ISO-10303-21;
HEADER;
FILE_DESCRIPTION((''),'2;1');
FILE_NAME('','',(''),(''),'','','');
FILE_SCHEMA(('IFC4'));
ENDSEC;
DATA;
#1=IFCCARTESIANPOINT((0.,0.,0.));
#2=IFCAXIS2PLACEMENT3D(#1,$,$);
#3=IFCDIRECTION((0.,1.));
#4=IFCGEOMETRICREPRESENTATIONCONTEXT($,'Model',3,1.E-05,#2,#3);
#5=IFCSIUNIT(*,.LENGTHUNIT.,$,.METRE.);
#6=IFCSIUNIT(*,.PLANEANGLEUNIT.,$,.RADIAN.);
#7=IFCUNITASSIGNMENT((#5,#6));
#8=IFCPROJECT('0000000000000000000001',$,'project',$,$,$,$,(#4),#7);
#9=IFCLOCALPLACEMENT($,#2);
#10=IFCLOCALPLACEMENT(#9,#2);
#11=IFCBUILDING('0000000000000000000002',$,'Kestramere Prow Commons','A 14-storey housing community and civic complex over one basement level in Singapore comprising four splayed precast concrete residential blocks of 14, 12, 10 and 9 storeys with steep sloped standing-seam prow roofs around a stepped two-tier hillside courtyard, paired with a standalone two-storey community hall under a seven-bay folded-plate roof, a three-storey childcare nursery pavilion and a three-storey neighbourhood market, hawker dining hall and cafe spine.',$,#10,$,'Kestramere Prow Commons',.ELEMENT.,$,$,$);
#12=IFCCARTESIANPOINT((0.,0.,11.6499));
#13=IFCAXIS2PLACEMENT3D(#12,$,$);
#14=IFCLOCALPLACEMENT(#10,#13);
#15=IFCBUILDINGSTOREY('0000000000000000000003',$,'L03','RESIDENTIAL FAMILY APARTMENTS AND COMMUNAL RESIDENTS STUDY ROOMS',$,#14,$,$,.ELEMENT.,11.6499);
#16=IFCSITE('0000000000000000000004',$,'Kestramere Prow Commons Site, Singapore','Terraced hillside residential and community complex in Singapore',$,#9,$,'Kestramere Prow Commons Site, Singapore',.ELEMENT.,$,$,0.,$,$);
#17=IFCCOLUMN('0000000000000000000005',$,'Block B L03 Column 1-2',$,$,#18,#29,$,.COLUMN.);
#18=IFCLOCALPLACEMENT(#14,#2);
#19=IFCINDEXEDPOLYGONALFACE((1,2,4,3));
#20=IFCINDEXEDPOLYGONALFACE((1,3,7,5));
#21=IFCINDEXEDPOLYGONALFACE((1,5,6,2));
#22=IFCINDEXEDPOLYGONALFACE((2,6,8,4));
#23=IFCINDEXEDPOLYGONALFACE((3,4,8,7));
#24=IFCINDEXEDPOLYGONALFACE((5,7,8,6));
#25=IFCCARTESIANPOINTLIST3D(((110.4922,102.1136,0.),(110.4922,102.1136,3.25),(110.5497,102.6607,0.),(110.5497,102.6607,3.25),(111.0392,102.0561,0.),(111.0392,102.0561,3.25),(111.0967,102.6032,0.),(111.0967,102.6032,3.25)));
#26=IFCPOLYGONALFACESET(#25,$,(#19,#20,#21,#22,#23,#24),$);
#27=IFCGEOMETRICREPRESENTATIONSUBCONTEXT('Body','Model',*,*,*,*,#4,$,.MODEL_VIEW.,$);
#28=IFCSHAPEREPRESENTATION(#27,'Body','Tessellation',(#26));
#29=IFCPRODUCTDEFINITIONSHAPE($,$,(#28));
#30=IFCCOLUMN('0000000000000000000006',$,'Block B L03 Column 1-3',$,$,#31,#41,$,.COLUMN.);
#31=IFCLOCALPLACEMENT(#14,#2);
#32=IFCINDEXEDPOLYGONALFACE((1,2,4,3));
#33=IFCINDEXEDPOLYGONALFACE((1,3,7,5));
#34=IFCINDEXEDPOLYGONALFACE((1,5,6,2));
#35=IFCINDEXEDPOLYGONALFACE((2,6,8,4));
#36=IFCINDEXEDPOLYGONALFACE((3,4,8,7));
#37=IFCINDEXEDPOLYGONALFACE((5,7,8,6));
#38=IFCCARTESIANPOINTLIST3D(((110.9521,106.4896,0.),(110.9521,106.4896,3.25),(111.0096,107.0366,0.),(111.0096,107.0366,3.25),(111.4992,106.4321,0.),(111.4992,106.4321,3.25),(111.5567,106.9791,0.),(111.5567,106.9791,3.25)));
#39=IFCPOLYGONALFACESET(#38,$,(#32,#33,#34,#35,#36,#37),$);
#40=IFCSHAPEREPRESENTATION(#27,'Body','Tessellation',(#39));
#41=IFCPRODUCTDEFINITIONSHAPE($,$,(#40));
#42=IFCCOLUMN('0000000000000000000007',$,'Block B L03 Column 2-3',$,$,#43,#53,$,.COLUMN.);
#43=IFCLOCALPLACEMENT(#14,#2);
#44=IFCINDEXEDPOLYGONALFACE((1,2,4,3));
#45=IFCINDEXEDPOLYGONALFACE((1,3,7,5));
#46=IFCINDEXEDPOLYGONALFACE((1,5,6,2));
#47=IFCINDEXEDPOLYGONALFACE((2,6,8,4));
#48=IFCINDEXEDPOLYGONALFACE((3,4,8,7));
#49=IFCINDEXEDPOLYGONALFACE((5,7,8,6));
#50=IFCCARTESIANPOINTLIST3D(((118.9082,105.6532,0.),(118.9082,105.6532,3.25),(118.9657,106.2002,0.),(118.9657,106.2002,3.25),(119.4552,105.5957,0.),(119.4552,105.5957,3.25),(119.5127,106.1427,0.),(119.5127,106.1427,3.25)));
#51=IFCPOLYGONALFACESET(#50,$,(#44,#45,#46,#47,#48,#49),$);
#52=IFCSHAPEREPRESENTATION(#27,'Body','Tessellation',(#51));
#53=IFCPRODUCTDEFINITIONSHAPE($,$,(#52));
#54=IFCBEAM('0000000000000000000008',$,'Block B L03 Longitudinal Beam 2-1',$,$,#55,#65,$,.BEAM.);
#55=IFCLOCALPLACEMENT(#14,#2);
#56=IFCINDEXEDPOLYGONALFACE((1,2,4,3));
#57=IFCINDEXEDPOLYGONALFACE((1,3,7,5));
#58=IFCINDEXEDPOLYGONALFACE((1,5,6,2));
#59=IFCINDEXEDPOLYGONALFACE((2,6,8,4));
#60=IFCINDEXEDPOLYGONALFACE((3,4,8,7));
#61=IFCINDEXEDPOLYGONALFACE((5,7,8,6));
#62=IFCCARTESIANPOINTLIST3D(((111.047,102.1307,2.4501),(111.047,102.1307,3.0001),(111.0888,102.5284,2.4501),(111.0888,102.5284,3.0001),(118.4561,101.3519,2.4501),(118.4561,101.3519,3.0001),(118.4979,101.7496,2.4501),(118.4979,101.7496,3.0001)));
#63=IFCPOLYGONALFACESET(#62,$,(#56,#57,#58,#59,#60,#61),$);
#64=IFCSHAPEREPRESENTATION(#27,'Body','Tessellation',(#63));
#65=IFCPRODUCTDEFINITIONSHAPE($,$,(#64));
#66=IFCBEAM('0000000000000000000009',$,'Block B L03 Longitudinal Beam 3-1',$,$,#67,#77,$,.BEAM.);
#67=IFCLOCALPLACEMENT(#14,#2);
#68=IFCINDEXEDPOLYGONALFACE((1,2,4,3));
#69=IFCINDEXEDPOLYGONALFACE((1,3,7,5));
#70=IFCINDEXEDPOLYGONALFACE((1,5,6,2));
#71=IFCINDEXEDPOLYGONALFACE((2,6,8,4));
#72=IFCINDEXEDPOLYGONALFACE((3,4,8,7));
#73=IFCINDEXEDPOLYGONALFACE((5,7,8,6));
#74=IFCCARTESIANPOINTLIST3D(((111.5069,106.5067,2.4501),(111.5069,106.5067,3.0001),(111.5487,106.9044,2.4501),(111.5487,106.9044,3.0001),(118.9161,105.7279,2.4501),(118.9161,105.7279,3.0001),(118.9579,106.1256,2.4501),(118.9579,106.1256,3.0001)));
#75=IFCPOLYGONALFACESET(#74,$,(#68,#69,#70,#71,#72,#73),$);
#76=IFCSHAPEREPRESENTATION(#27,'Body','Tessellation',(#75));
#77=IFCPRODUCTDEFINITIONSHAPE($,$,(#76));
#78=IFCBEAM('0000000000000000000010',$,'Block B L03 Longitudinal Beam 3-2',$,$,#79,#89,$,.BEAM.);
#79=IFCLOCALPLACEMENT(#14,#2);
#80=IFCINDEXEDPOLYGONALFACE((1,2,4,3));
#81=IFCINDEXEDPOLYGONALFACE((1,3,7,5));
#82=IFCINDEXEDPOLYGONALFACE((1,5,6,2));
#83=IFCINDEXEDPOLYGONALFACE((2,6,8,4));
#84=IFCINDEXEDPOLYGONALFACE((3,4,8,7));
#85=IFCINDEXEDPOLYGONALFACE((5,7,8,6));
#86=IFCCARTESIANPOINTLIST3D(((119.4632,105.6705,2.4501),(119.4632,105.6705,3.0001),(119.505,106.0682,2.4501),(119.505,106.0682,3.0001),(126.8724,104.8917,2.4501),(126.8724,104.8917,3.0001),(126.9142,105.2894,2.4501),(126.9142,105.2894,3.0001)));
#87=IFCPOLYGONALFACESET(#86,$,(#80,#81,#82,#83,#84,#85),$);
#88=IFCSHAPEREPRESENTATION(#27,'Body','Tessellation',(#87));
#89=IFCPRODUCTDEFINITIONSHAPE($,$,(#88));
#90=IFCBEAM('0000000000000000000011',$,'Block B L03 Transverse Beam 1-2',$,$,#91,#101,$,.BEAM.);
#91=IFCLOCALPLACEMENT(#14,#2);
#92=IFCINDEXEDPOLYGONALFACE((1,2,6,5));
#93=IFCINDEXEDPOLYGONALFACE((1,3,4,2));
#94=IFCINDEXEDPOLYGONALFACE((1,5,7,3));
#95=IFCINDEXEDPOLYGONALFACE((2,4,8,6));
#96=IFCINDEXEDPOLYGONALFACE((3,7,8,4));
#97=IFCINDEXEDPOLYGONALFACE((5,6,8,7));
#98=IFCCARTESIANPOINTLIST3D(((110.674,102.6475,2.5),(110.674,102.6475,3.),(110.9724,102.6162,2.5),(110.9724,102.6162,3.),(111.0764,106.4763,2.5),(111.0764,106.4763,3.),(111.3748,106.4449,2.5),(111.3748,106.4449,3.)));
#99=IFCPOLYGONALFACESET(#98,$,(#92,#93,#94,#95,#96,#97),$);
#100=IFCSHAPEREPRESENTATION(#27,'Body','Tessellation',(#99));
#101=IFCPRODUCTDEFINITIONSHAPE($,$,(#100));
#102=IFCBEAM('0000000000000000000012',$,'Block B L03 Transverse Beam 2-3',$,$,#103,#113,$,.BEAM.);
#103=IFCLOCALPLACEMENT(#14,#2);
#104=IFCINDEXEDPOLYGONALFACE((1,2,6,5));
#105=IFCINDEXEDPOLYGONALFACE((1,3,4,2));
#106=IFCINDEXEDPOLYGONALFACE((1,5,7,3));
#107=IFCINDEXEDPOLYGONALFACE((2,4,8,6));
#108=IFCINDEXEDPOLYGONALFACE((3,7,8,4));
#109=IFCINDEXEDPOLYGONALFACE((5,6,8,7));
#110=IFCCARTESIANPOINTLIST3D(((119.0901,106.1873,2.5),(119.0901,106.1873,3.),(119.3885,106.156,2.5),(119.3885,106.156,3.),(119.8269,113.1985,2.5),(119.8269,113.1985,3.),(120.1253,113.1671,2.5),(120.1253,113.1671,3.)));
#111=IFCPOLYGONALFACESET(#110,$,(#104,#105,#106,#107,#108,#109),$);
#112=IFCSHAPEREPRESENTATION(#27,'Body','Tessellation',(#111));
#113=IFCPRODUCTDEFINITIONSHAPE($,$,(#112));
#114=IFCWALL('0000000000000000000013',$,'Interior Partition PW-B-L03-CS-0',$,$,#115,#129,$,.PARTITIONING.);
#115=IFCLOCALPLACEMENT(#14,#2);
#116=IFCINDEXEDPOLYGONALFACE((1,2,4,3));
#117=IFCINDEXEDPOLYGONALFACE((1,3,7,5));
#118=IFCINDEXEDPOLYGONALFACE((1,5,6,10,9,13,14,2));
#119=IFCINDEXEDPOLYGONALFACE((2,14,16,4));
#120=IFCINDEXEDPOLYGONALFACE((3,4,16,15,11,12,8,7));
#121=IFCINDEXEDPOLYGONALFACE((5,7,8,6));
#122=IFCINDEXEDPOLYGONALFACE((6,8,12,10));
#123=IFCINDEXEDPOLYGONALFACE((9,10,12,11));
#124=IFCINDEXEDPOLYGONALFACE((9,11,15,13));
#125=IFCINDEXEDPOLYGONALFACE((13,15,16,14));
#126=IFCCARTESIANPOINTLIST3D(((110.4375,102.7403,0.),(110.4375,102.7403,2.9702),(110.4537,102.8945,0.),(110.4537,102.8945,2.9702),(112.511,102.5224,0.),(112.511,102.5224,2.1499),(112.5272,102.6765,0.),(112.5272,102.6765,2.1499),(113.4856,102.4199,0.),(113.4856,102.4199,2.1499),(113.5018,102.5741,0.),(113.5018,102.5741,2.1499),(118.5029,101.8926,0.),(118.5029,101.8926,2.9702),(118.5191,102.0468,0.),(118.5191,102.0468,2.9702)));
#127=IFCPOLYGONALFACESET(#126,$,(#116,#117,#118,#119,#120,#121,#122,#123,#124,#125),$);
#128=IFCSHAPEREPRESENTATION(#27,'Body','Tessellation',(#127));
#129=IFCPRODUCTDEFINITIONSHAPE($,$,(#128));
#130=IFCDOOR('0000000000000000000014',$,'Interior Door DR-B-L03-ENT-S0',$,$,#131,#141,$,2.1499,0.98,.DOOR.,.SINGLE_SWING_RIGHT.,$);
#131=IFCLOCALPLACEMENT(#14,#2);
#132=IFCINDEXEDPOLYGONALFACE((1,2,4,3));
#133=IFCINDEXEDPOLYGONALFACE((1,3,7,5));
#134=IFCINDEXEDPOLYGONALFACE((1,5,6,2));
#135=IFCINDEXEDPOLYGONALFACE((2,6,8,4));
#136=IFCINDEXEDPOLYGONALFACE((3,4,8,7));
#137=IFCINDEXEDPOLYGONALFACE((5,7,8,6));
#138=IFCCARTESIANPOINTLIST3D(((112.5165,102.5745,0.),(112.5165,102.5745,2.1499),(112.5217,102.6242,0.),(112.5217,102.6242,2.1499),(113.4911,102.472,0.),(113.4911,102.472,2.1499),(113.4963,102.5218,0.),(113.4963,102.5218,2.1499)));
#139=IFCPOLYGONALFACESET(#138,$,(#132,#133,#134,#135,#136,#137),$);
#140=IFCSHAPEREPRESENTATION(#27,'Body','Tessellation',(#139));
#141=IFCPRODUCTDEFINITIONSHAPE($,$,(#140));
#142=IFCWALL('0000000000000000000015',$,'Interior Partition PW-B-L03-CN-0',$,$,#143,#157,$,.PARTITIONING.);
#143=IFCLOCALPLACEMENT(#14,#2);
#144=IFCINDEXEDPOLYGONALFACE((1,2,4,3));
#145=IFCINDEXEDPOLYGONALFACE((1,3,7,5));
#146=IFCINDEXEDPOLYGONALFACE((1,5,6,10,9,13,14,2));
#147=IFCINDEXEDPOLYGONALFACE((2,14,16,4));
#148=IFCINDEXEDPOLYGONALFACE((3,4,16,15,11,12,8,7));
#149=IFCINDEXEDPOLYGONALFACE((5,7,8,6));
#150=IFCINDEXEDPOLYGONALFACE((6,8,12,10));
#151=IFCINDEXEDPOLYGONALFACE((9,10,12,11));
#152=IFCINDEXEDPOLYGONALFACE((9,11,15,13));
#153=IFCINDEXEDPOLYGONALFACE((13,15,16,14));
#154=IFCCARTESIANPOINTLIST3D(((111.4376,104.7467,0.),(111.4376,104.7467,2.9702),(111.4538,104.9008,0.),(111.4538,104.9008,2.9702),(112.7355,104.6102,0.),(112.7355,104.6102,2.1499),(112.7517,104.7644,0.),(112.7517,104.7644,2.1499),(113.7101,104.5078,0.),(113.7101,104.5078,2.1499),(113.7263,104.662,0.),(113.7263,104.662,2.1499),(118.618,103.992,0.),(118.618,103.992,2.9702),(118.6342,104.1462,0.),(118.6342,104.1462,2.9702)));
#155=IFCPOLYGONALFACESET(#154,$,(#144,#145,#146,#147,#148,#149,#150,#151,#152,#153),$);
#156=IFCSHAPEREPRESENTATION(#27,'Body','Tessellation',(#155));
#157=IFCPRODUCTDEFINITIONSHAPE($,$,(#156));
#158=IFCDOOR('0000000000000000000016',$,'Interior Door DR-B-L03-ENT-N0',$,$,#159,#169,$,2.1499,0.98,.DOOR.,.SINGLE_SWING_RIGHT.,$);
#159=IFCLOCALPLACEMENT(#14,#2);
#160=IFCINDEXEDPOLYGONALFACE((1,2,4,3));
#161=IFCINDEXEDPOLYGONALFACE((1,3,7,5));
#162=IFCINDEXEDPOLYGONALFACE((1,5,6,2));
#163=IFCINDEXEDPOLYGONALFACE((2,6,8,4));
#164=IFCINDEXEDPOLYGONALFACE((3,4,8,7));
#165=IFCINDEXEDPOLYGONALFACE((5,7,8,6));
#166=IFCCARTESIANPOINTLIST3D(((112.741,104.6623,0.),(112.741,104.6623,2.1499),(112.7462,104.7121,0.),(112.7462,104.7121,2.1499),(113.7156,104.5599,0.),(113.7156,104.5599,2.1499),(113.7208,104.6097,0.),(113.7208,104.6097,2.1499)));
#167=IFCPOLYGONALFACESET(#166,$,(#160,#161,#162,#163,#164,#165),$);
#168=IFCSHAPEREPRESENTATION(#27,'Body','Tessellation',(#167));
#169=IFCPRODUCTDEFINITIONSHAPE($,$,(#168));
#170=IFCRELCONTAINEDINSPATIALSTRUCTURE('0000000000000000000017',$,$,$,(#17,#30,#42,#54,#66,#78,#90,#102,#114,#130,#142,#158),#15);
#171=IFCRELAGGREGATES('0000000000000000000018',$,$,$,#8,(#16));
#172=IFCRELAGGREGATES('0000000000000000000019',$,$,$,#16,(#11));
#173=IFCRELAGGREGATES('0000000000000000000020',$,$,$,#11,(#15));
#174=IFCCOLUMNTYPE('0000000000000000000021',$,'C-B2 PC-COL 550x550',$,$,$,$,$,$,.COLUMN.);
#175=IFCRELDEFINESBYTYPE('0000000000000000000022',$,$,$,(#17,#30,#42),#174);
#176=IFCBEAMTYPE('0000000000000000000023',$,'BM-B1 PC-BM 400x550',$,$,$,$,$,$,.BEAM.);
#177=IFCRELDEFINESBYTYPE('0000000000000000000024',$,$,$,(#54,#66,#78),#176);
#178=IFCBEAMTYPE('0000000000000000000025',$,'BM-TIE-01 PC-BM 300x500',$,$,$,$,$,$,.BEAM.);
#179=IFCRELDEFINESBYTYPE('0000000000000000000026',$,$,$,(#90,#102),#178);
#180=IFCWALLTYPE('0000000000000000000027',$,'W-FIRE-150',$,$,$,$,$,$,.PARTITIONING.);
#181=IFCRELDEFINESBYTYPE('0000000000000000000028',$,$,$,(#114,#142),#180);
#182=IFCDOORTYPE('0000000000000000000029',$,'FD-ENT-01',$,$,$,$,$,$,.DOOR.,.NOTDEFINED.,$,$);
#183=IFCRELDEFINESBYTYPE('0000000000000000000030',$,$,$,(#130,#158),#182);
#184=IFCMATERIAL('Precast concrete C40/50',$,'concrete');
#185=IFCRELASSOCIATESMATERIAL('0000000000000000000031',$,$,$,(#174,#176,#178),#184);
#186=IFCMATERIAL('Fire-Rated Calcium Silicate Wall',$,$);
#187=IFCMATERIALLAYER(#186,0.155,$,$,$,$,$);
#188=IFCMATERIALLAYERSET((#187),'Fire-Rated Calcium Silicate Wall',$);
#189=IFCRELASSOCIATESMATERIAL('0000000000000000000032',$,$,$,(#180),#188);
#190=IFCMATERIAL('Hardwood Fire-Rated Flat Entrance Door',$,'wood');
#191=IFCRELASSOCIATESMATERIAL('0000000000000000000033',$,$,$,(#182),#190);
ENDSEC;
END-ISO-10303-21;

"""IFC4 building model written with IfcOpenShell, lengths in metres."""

from ifc_helpers import new_model, si_unit, direction, frame, frame_2d, origin, origin_2d, place, context, subcontext, project, spatial, rectangle, extrude, material, layer, layer_set, material_profile, profile_set, type_object, element, fill, save


model = new_model("IFC4")

# Units and contexts
model_context = context("Model", 3, precision=1e-05, world=origin(), true_north=direction((0.0, 1.0)))
body_context = subcontext(model_context, "Body", "Model", "MODEL_VIEW")
ifc_project = project(units=[si_unit("LENGTHUNIT", "METRE"), si_unit("PLANEANGLEUNIT", "RADIAN")], contexts=[model_context])

# Site, building, storey
site_placement = place(None, origin())
site = spatial("IfcSite", under=ifc_project, at=site_placement, Name="Kestramere Prow Commons Site, Singapore", Description="Terraced hillside residential and community complex in Singapore", LongName="Kestramere Prow Commons Site, Singapore", CompositionType="ELEMENT", RefElevation=0.0)
building_placement = place(site_placement, origin())
building = spatial("IfcBuilding", under=site, at=building_placement, Name="Kestramere Prow Commons", Description="A 14-storey housing community and civic complex over one basement level in Singapore comprising four splayed precast concrete residential blocks of 14, 12, 10 and 9 storeys with steep sloped standing-seam prow roofs around a stepped two-tier hillside courtyard, paired with a standalone two-storey community hall under a seven-bay folded-plate roof, a three-storey childcare nursery pavilion and a three-storey neighbourhood market, hawker dining hall and cafe spine.", LongName="Kestramere Prow Commons", CompositionType="ELEMENT")
storey_placement = place(building_placement, frame((0.0, 0.0, 11.6499)))
storey = spatial("IfcBuildingStorey", under=building, at=storey_placement, Name="L03", Description="RESIDENTIAL FAMILY APARTMENTS AND COMMUNAL RESIDENTS STUDY ROOMS", CompositionType="ELEMENT", Elevation=11.6499)

# Columns
ifc_material_1 = material(Name="Precast concrete C40/50", Category="concrete")
ifc_material_profile_1 = material_profile(ifc_material_1, rectangle(XDim=0.55, YDim=0.55, at=origin_2d()), Name="PC-COL 550x550")
ifc_profile_set_1 = profile_set([ifc_material_profile_1], Name="Precast concrete C40/50")
column_type = type_object("IfcColumnType", Name="C-B2 PC-COL 550x550", PredefinedType="COLUMN", material=ifc_profile_set_1)
for number, where, z_axis, x_axis, name in (
    (1, (110.7944, 102.3584, 0.0), (0.0, 0.0, 1.0), (0.994522, -0.104528, 0.0), "Block B L03 Column 1-2"),
    (2, (111.2544, 106.7344, 0.0), (0.0, 0.0, 1.0), (0.994522, -0.104528, 0.0), "Block B L03 Column 1-3"),
    (3, (119.2104, 105.8979, 0.0), (0.0, 0.0, 1.0), (0.994522, -0.104528, 0.0), "Block B L03 Column 2-3"),
):
    element("IfcColumn", number, at=place(storey_placement, frame(where, z_axis=z_axis, x_axis=x_axis)), inside=storey, type_object=column_type, Name=name, PredefinedType="COLUMN", context=body_context, shape_type="SweptSolid", body=[
        extrude(rectangle(XDim=0.55, YDim=0.55, at=origin_2d()), origin(), (0.0, 0.0, 1.0), 3.25),
    ])

# Beams
ifc_material_profile_2 = material_profile(ifc_material_1, rectangle(XDim=0.3999, YDim=0.55, at=origin_2d()), Name="PC-BM 400x550")
ifc_profile_set_2 = profile_set([ifc_material_profile_2], Name="Precast concrete C40/50")
beam_type_1 = type_object("IfcBeamType", Name="BM-B1 PC-BM 400x550", PredefinedType="BEAM", material=ifc_profile_set_2)
for number, where, z_axis, x_axis, name in (
    (4, (111.0679, 102.3296, 2.7251), (0.994521, -0.104538, 0.0), (0.104538, 0.994521, 0.0), "Block B L03 Longitudinal Beam 2-1"),
    (5, (111.5278, 106.7056, 2.7251), (0.994521, -0.104538, 0.0), (0.104538, 0.994521, 0.0), "Block B L03 Longitudinal Beam 3-1"),
    (6, (119.4841, 105.8694, 2.7251), (0.994521, -0.104538, 0.0), (0.104538, 0.994521, 0.0), "Block B L03 Longitudinal Beam 3-2"),
):
    element("IfcBeam", number, at=place(storey_placement, frame(where, z_axis=z_axis, x_axis=x_axis)), inside=storey, type_object=beam_type_1, Name=name, PredefinedType="BEAM", context=body_context, shape_type="SweptSolid", body=[
        extrude(rectangle(XDim=0.3999, YDim=0.55, at=origin_2d()), origin(), (0.0, 0.0, 1.0), 7.45),
    ])
ifc_material_profile_3 = material_profile(ifc_material_1, rectangle(XDim=0.3, YDim=0.5, at=origin_2d()), Name="PC-BM 300x500")
ifc_profile_set_3 = profile_set([ifc_material_profile_3], Name="Precast concrete C40/50")
beam_type_2 = type_object("IfcBeamType", Name="BM-TIE-01 PC-BM 300x500", PredefinedType="BEAM", material=ifc_profile_set_3)
beam_1_placement = place(storey_placement, frame((110.8232, 102.6318, 2.75), z_axis=(0.104507, 0.994524, 0.0), x_axis=(-0.994524, 0.104507, 0.0)))
element("IfcBeam", 7, at=beam_1_placement, inside=storey, type_object=beam_type_2, Name="Block B L03 Transverse Beam 1-2", PredefinedType="BEAM", context=body_context, shape_type="SweptSolid", body=[
    extrude(rectangle(XDim=0.3, YDim=0.5, at=origin_2d()), origin(), (0.0, 0.0, 1.0), 3.8499),
])
beam_2_placement = place(storey_placement, frame((119.2393, 106.1716, 2.75), z_axis=(0.104515, 0.994523, 0.0), x_axis=(-0.994523, 0.104515, 0.0)))
element("IfcBeam", 8, at=beam_2_placement, inside=storey, type_object=beam_type_2, Name="Block B L03 Transverse Beam 2-3", PredefinedType="BEAM", context=body_context, shape_type="SweptSolid", body=[
    extrude(rectangle(XDim=0.3, YDim=0.5, at=origin_2d()), origin(), (0.0, 0.0, 1.0), 7.0498),
])

# Walls, openings, doors
ifc_material_2 = material(Name="Fire-Rated Calcium Silicate Wall")
ifc_layer_1 = layer(ifc_material_2, 0.155)
ifc_layer_set_1 = layer_set([ifc_layer_1], Name="Fire-Rated Calcium Silicate Wall")
wall_type_1 = type_object("IfcWallType", Name="W-FIRE-150", PredefinedType="PARTITIONING", material=ifc_layer_set_1)
wall_1_placement = place(storey_placement, frame((110.4456, 102.8174, 0.0), z_axis=(0.0, 0.0, 1.0), x_axis=(0.994523, -0.104522, 0.0)))
wall_1 = element("IfcWall", 9, at=wall_1_placement, inside=storey, type_object=wall_type_1, Name="Interior Partition PW-B-L03-CS-0", PredefinedType="PARTITIONING", context=body_context, shape_type="SweptSolid", body=[
    extrude(rectangle(XDim=8.1099, YDim=0.155, at=frame_2d((4.0549, 0.0))), origin(), (0.0, 0.0, 1.0), 2.9702),
])
opening_1_placement = place(wall_1_placement, frame((2.085, 0.0, 0.0)))
opening_1 = element("IfcOpeningElement", 10, at=opening_1_placement, cuts=wall_1, PredefinedType="OPENING", context=body_context, shape_type="SweptSolid", body=[
    extrude(rectangle(XDim=0.98, YDim=2.1499, at=frame_2d((0.49, 1.075))), frame((0.0, 0.0925, 0.0), z_axis=(0.0, -1.0, 0.0), x_axis=(1.0, 0.0, 0.0)), (0.0, 0.0, 1.0), 0.1851),
])
ifc_material_3 = material(Name="Hardwood Fire-Rated Flat Entrance Door", Category="wood")
door_type_1 = type_object("IfcDoorType", Name="FD-ENT-01", OperationType="NOTDEFINED", PredefinedType="DOOR", material=ifc_material_3)
door_1_placement = place(opening_1_placement, origin())
door_1 = element("IfcDoor", 11, at=door_1_placement, inside=storey, type_object=door_type_1, Name="Interior Door DR-B-L03-ENT-S0", OperationType="SINGLE_SWING_RIGHT", OverallHeight=2.1499, OverallWidth=0.98, PredefinedType="DOOR", context=body_context, shape_type="SweptSolid", body=[
    extrude(rectangle(XDim=0.98, YDim=2.1499, at=frame_2d((0.49, 1.075))), frame((0.0, 0.0249, 0.0), z_axis=(0.0, -1.0, 0.0), x_axis=(1.0, 0.0, 0.0)), (0.0, 0.0, 1.0), 0.05),
])
fill(opening_1, door_1)
wall_2_placement = place(storey_placement, frame((111.4458, 104.8237, 0.0), z_axis=(0.0, 0.0, 1.0), x_axis=(0.994523, -0.104521, 0.0)))
wall_2 = element("IfcWall", 12, at=wall_2_placement, inside=storey, type_object=wall_type_1, Name="Interior Partition PW-B-L03-CN-0", PredefinedType="PARTITIONING", context=body_context, shape_type="SweptSolid", body=[
    extrude(rectangle(XDim=7.22, YDim=0.155, at=frame_2d((3.6099, 0.0))), origin(), (0.0, 0.0, 1.0), 2.9702),
])
opening_2_placement = place(wall_2_placement, frame((1.3049, 0.0, 0.0)))
opening_2 = element("IfcOpeningElement", 13, at=opening_2_placement, cuts=wall_2, PredefinedType="OPENING", context=body_context, shape_type="SweptSolid", body=[
    extrude(rectangle(XDim=0.98, YDim=2.1499, at=frame_2d((0.49, 1.075))), frame((0.0, 0.0925, 0.0), z_axis=(0.0, -1.0, 0.0), x_axis=(1.0, 0.0, 0.0)), (0.0, 0.0, 1.0), 0.1851),
])
door_2_placement = place(opening_2_placement, origin())
door_2 = element("IfcDoor", 14, at=door_2_placement, inside=storey, type_object=door_type_1, Name="Interior Door DR-B-L03-ENT-N0", OperationType="SINGLE_SWING_RIGHT", OverallHeight=2.1499, OverallWidth=0.98, PredefinedType="DOOR", context=body_context, shape_type="SweptSolid", body=[
    extrude(rectangle(XDim=0.98, YDim=2.1499, at=frame_2d((0.49, 1.075))), frame((0.0, 0.0249, 0.0), z_axis=(0.0, -1.0, 0.0), x_axis=(1.0, 0.0, 0.0)), (0.0, 0.0, 1.0), 0.05),
])
fill(opening_2, door_2)

save(model, "model.ifc")
